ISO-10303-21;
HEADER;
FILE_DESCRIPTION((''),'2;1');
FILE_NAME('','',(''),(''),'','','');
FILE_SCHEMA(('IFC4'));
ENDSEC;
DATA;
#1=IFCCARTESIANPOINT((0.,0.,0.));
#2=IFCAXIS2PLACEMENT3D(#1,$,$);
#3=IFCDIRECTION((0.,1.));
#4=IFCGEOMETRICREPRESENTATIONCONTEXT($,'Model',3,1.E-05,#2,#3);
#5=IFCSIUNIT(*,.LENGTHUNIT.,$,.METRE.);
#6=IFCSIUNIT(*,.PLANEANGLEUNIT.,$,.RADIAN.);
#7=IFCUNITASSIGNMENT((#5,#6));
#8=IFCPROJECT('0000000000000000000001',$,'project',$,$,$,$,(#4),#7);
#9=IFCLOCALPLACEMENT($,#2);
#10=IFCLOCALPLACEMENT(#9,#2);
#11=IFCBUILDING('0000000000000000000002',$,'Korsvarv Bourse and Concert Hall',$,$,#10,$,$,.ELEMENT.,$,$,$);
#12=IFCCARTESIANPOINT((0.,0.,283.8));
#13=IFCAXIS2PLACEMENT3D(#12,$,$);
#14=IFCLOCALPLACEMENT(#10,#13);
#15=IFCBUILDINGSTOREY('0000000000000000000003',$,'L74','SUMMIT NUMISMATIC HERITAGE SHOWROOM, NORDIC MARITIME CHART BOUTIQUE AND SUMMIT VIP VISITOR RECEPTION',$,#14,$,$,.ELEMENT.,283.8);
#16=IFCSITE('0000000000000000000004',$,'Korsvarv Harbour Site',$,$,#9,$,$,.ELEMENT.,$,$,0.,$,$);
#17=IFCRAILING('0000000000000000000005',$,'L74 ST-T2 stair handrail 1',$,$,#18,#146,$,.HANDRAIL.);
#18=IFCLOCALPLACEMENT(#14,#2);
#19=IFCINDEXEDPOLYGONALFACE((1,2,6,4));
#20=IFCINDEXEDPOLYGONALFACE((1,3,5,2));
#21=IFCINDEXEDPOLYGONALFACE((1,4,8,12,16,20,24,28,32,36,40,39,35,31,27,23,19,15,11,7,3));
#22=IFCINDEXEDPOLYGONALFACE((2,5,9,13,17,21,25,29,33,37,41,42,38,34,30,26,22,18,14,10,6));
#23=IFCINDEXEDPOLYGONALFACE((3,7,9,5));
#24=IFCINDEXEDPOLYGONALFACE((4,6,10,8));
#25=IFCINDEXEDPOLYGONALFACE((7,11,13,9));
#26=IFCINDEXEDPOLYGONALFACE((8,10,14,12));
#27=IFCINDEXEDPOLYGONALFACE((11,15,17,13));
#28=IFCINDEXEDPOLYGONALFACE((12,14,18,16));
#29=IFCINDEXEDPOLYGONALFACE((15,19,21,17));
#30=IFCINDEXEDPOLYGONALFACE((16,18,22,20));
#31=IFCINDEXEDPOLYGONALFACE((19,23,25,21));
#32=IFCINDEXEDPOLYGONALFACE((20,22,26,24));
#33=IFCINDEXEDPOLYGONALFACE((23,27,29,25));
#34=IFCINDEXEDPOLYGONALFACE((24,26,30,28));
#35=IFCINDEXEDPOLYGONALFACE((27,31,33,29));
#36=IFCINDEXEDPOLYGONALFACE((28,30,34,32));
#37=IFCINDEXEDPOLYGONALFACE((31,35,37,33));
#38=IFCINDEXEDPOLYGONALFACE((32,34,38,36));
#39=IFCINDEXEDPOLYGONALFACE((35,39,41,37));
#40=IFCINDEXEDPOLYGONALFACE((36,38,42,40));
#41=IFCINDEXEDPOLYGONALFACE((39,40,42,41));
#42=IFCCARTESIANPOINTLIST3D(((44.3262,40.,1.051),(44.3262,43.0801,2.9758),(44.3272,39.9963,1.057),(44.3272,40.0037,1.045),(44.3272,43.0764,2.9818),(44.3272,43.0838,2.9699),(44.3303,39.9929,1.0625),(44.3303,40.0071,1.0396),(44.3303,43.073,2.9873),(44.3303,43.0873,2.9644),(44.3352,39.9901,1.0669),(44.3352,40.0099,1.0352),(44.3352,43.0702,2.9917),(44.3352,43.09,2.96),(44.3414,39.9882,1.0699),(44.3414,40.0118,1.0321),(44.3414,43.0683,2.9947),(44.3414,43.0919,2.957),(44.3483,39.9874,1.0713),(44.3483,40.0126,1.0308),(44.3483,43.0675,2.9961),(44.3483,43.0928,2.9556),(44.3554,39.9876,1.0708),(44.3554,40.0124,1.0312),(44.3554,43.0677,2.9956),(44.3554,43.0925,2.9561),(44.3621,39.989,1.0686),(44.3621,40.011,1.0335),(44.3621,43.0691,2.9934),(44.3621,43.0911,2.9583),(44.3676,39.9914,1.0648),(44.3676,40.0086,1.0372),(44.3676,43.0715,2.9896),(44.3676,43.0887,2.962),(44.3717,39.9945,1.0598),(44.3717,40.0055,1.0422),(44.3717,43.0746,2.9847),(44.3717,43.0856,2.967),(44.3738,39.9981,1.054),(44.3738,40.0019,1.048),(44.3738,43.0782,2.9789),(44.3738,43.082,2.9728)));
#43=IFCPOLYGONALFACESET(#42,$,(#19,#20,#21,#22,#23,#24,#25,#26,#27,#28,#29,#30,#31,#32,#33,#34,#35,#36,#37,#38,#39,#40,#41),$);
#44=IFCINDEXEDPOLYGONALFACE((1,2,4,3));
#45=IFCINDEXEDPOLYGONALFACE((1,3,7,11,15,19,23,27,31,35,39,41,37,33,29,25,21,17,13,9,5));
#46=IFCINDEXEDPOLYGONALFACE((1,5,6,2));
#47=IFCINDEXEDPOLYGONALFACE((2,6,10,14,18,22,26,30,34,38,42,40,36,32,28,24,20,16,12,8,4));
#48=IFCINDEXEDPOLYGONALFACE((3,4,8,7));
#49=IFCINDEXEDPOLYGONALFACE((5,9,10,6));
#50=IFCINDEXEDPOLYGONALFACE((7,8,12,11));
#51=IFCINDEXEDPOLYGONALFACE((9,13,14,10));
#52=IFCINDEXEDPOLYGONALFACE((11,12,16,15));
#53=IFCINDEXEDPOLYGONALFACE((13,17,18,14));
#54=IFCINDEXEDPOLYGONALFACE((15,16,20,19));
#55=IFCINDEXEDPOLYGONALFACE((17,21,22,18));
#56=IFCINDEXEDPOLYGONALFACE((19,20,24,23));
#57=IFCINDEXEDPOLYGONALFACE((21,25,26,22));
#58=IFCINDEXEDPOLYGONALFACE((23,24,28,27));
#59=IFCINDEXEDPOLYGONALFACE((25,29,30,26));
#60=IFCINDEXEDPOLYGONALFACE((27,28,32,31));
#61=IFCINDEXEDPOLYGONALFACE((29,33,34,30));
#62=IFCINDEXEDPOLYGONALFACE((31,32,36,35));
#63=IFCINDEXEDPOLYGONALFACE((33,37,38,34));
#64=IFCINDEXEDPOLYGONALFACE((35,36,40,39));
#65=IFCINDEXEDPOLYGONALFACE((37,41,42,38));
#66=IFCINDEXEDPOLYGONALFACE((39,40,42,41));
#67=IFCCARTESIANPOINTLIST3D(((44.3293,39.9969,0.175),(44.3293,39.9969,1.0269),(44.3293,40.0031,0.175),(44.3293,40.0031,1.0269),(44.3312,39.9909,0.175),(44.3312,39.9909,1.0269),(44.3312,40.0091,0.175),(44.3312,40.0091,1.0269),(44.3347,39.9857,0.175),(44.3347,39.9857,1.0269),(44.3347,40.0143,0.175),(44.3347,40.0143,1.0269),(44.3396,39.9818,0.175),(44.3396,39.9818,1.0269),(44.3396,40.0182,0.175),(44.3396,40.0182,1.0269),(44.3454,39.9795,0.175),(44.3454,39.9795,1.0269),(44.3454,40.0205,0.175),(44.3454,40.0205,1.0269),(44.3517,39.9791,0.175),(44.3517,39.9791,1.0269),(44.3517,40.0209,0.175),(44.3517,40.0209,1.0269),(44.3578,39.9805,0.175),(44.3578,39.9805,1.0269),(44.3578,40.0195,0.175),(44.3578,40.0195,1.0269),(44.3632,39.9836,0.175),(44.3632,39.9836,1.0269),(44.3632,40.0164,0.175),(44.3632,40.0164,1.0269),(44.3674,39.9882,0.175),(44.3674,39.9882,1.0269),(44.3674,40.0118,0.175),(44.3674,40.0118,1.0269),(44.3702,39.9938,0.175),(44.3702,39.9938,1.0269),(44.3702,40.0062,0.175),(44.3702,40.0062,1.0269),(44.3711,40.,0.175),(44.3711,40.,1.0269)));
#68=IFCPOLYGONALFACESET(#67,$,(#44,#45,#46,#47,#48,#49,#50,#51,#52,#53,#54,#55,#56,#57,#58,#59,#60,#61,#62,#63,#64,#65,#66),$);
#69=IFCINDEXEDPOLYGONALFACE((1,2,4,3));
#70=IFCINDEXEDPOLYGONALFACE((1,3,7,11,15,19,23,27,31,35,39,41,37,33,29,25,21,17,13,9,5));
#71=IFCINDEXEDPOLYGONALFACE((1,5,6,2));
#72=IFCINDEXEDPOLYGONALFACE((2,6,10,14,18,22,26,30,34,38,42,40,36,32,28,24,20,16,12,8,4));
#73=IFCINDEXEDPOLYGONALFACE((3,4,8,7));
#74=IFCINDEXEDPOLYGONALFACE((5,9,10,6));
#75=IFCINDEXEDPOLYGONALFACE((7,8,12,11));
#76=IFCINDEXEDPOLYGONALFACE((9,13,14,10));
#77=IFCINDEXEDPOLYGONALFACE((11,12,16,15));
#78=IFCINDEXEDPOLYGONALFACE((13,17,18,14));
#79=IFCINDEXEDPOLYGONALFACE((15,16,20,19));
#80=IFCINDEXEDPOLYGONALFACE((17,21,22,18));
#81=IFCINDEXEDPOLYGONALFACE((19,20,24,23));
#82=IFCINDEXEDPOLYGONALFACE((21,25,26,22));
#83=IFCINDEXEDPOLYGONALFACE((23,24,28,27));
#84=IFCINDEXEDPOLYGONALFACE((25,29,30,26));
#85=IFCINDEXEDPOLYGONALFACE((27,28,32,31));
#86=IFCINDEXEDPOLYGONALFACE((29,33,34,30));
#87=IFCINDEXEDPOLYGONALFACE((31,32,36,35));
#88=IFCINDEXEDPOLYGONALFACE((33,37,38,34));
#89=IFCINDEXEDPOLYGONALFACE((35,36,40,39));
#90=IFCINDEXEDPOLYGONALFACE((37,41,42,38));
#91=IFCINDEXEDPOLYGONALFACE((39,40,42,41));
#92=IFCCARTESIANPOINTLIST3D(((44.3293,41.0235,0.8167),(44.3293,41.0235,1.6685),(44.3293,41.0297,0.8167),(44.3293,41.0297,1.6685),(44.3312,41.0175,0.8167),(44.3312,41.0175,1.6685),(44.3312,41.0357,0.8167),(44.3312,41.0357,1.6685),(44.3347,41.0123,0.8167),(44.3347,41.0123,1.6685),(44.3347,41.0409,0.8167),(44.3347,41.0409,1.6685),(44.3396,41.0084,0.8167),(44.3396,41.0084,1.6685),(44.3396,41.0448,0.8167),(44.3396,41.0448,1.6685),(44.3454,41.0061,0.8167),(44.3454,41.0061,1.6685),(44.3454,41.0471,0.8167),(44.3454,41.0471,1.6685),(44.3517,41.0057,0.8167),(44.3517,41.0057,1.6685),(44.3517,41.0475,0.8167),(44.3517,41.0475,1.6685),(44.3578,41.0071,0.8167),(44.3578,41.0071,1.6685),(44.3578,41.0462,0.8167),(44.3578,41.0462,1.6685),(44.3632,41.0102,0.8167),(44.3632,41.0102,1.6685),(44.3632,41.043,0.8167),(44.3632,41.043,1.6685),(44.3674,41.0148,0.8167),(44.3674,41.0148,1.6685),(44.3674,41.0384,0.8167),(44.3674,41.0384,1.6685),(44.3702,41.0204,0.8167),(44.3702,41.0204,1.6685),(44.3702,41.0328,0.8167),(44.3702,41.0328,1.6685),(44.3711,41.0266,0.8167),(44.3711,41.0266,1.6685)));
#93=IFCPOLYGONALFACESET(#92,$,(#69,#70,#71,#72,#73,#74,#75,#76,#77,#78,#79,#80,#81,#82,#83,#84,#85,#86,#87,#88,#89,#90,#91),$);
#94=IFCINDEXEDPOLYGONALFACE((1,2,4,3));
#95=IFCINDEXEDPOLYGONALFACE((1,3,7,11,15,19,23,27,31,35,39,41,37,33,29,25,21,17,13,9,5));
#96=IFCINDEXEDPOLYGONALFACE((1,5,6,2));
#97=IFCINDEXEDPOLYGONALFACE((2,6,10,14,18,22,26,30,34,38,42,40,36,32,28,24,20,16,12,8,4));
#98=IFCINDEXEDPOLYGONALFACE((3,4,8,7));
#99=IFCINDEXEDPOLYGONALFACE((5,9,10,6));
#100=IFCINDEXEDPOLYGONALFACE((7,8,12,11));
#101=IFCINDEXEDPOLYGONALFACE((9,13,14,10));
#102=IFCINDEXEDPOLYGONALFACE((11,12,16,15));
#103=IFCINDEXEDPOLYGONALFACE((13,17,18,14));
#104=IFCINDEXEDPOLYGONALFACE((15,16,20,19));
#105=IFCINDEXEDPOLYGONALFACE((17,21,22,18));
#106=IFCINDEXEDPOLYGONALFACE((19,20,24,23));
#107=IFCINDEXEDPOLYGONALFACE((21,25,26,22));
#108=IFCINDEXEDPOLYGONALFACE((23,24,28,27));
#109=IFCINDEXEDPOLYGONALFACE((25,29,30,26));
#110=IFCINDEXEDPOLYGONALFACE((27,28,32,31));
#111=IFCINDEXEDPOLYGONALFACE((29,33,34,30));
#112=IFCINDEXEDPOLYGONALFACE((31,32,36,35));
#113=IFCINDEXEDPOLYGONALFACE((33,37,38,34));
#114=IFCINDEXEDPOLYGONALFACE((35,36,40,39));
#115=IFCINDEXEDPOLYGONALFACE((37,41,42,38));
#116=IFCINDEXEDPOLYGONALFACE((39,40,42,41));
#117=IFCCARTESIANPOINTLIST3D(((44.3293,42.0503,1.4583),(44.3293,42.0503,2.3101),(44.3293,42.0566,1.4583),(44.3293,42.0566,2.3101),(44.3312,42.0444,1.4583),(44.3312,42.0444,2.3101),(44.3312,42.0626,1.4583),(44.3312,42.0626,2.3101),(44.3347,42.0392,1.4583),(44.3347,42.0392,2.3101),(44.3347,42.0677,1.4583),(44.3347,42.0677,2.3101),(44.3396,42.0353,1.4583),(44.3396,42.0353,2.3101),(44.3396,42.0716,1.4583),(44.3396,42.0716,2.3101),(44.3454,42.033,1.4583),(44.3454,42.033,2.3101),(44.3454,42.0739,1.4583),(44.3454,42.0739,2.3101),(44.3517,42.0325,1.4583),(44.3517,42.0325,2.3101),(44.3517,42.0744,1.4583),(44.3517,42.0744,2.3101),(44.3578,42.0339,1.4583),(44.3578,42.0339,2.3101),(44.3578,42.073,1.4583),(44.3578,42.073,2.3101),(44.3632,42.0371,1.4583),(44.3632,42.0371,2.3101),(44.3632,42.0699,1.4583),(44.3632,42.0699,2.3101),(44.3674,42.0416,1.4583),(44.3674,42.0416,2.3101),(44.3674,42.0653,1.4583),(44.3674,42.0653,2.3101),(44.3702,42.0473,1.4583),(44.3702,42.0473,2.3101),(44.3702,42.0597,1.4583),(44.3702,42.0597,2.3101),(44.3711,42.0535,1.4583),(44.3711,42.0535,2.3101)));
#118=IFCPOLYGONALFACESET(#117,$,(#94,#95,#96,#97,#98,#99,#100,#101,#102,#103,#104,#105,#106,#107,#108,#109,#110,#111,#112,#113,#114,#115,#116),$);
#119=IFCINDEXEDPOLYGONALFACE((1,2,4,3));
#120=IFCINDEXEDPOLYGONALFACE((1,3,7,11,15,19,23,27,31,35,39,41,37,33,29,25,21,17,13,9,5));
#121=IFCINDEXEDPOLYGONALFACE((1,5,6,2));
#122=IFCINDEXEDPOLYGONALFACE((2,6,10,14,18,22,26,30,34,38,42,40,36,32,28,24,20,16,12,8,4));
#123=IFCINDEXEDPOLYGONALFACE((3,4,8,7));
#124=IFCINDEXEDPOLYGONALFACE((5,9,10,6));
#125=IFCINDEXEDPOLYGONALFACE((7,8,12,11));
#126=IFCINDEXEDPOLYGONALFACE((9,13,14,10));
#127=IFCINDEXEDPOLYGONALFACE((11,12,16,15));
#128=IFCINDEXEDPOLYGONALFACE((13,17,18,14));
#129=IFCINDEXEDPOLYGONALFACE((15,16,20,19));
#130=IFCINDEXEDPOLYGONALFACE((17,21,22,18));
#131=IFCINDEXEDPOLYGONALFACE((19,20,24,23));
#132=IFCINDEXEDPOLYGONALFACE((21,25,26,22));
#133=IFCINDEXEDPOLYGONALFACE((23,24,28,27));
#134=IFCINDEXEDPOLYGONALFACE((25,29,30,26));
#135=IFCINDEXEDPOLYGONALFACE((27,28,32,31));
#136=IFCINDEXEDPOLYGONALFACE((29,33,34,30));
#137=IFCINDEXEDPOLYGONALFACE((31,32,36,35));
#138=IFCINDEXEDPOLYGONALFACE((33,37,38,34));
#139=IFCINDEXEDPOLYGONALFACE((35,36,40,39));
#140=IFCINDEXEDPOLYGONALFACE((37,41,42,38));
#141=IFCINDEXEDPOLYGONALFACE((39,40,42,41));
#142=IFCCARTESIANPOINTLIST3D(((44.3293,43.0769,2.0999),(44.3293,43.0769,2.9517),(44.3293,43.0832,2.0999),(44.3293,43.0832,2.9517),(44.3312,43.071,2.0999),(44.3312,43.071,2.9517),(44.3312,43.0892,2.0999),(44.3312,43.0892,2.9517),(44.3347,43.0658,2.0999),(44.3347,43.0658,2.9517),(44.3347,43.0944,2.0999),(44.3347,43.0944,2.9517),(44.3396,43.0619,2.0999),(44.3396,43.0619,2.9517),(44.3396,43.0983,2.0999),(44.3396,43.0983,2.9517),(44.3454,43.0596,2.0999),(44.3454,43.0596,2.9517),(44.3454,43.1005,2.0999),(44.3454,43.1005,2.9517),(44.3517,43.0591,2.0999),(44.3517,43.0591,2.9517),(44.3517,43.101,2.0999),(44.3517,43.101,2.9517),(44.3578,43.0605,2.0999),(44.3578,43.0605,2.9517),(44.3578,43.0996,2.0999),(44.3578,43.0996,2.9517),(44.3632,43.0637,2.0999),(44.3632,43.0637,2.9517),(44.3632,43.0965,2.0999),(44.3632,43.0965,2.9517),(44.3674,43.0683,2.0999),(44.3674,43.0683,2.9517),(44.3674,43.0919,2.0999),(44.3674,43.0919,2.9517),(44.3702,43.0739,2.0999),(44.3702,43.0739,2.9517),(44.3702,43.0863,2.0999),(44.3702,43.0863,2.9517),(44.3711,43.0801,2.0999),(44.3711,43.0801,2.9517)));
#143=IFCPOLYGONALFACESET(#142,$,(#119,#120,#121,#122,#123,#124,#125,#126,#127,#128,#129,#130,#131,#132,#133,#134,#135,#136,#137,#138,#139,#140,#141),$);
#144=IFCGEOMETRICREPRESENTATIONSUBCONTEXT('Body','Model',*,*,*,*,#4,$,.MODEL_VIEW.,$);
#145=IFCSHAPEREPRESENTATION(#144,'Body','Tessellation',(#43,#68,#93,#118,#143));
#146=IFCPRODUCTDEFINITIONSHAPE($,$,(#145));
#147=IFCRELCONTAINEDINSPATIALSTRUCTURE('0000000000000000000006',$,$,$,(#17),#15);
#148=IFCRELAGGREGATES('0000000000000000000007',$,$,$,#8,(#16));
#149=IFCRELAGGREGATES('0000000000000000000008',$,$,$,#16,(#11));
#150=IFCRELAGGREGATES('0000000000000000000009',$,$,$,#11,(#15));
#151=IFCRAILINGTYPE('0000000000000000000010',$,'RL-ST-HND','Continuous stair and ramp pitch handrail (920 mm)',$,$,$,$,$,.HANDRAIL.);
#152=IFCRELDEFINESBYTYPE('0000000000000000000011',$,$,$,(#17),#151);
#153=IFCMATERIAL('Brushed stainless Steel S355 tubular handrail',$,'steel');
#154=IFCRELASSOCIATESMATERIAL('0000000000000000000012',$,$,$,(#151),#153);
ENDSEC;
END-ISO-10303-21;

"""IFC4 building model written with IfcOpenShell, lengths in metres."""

from ifc_helpers import new_model, si_unit, direction, frame, origin, origin_2d, place, context, subcontext, project, spatial, circle, extrude, material, type_object, element, save


model = new_model("IFC4")

# Units and contexts
model_context = context("Model", 3, precision=1e-05, world=origin(), true_north=direction((0.0, 1.0)))
body_context = subcontext(model_context, "Body", "Model", "MODEL_VIEW")
ifc_project = project(units=[si_unit("LENGTHUNIT", "METRE"), si_unit("PLANEANGLEUNIT", "RADIAN")], contexts=[model_context])

# Site, building, storey
site_placement = place(None, origin())
site = spatial("IfcSite", under=ifc_project, at=site_placement, Name="Korsvarv Harbour Site", CompositionType="ELEMENT", RefElevation=0.0)
building_placement = place(site_placement, origin())
building = spatial("IfcBuilding", under=site, at=building_placement, Name="Korsvarv Bourse and Concert Hall", CompositionType="ELEMENT")
storey_placement = place(building_placement, frame((0.0, 0.0, 283.8)))
storey = spatial("IfcBuildingStorey", under=building, at=storey_placement, Name="L74", Description="SUMMIT NUMISMATIC HERITAGE SHOWROOM, NORDIC MARITIME CHART BOUTIQUE AND SUMMIT VIP VISITOR RECEPTION", CompositionType="ELEMENT", Elevation=283.8)

# Railing
ifc_material_1 = material(Name="Brushed stainless Steel S355 tubular handrail", Category="steel")
railing_type_1 = type_object("IfcRailingType", Name="RL-ST-HND", Description="Continuous stair and ramp pitch handrail (920 mm)", PredefinedType="HANDRAIL", material=ifc_material_1)
railing_1_placement = place(storey_placement, frame((44.3501, 40.0, 0.175)))
element("IfcRailing", 1, at=railing_1_placement, inside=storey, type_object=railing_type_1, Name="L74 ST-T2 stair handrail 1", PredefinedType="HANDRAIL", context=body_context, shape_type="SweptSolid", body=[
    extrude(circle(Radius=0.0239, at=origin_2d()), frame((0.0, 0.0, 0.876), z_axis=(0.0, 0.848029, 0.529951), x_axis=(-1.0, 0.0, 0.0)), (0.0, 0.0, 1.0), 3.6321),
    extrude(circle(Radius=0.021, at=origin_2d()), origin(), (0.0, 0.0, 1.0), 0.8518),
    extrude(circle(Radius=0.021, at=origin_2d()), frame((0.0, 1.0266, 0.6416)), (0.0, 0.0, 1.0), 0.8518),
    extrude(circle(Radius=0.021, at=origin_2d()), frame((0.0, 2.0535, 1.2832)), (0.0, 0.0, 1.0), 0.8518),
    extrude(circle(Radius=0.021, at=origin_2d()), frame((0.0, 3.0801, 1.9248)), (0.0, 0.0, 1.0), 0.8518),
])

save(model, "model.ifc")
